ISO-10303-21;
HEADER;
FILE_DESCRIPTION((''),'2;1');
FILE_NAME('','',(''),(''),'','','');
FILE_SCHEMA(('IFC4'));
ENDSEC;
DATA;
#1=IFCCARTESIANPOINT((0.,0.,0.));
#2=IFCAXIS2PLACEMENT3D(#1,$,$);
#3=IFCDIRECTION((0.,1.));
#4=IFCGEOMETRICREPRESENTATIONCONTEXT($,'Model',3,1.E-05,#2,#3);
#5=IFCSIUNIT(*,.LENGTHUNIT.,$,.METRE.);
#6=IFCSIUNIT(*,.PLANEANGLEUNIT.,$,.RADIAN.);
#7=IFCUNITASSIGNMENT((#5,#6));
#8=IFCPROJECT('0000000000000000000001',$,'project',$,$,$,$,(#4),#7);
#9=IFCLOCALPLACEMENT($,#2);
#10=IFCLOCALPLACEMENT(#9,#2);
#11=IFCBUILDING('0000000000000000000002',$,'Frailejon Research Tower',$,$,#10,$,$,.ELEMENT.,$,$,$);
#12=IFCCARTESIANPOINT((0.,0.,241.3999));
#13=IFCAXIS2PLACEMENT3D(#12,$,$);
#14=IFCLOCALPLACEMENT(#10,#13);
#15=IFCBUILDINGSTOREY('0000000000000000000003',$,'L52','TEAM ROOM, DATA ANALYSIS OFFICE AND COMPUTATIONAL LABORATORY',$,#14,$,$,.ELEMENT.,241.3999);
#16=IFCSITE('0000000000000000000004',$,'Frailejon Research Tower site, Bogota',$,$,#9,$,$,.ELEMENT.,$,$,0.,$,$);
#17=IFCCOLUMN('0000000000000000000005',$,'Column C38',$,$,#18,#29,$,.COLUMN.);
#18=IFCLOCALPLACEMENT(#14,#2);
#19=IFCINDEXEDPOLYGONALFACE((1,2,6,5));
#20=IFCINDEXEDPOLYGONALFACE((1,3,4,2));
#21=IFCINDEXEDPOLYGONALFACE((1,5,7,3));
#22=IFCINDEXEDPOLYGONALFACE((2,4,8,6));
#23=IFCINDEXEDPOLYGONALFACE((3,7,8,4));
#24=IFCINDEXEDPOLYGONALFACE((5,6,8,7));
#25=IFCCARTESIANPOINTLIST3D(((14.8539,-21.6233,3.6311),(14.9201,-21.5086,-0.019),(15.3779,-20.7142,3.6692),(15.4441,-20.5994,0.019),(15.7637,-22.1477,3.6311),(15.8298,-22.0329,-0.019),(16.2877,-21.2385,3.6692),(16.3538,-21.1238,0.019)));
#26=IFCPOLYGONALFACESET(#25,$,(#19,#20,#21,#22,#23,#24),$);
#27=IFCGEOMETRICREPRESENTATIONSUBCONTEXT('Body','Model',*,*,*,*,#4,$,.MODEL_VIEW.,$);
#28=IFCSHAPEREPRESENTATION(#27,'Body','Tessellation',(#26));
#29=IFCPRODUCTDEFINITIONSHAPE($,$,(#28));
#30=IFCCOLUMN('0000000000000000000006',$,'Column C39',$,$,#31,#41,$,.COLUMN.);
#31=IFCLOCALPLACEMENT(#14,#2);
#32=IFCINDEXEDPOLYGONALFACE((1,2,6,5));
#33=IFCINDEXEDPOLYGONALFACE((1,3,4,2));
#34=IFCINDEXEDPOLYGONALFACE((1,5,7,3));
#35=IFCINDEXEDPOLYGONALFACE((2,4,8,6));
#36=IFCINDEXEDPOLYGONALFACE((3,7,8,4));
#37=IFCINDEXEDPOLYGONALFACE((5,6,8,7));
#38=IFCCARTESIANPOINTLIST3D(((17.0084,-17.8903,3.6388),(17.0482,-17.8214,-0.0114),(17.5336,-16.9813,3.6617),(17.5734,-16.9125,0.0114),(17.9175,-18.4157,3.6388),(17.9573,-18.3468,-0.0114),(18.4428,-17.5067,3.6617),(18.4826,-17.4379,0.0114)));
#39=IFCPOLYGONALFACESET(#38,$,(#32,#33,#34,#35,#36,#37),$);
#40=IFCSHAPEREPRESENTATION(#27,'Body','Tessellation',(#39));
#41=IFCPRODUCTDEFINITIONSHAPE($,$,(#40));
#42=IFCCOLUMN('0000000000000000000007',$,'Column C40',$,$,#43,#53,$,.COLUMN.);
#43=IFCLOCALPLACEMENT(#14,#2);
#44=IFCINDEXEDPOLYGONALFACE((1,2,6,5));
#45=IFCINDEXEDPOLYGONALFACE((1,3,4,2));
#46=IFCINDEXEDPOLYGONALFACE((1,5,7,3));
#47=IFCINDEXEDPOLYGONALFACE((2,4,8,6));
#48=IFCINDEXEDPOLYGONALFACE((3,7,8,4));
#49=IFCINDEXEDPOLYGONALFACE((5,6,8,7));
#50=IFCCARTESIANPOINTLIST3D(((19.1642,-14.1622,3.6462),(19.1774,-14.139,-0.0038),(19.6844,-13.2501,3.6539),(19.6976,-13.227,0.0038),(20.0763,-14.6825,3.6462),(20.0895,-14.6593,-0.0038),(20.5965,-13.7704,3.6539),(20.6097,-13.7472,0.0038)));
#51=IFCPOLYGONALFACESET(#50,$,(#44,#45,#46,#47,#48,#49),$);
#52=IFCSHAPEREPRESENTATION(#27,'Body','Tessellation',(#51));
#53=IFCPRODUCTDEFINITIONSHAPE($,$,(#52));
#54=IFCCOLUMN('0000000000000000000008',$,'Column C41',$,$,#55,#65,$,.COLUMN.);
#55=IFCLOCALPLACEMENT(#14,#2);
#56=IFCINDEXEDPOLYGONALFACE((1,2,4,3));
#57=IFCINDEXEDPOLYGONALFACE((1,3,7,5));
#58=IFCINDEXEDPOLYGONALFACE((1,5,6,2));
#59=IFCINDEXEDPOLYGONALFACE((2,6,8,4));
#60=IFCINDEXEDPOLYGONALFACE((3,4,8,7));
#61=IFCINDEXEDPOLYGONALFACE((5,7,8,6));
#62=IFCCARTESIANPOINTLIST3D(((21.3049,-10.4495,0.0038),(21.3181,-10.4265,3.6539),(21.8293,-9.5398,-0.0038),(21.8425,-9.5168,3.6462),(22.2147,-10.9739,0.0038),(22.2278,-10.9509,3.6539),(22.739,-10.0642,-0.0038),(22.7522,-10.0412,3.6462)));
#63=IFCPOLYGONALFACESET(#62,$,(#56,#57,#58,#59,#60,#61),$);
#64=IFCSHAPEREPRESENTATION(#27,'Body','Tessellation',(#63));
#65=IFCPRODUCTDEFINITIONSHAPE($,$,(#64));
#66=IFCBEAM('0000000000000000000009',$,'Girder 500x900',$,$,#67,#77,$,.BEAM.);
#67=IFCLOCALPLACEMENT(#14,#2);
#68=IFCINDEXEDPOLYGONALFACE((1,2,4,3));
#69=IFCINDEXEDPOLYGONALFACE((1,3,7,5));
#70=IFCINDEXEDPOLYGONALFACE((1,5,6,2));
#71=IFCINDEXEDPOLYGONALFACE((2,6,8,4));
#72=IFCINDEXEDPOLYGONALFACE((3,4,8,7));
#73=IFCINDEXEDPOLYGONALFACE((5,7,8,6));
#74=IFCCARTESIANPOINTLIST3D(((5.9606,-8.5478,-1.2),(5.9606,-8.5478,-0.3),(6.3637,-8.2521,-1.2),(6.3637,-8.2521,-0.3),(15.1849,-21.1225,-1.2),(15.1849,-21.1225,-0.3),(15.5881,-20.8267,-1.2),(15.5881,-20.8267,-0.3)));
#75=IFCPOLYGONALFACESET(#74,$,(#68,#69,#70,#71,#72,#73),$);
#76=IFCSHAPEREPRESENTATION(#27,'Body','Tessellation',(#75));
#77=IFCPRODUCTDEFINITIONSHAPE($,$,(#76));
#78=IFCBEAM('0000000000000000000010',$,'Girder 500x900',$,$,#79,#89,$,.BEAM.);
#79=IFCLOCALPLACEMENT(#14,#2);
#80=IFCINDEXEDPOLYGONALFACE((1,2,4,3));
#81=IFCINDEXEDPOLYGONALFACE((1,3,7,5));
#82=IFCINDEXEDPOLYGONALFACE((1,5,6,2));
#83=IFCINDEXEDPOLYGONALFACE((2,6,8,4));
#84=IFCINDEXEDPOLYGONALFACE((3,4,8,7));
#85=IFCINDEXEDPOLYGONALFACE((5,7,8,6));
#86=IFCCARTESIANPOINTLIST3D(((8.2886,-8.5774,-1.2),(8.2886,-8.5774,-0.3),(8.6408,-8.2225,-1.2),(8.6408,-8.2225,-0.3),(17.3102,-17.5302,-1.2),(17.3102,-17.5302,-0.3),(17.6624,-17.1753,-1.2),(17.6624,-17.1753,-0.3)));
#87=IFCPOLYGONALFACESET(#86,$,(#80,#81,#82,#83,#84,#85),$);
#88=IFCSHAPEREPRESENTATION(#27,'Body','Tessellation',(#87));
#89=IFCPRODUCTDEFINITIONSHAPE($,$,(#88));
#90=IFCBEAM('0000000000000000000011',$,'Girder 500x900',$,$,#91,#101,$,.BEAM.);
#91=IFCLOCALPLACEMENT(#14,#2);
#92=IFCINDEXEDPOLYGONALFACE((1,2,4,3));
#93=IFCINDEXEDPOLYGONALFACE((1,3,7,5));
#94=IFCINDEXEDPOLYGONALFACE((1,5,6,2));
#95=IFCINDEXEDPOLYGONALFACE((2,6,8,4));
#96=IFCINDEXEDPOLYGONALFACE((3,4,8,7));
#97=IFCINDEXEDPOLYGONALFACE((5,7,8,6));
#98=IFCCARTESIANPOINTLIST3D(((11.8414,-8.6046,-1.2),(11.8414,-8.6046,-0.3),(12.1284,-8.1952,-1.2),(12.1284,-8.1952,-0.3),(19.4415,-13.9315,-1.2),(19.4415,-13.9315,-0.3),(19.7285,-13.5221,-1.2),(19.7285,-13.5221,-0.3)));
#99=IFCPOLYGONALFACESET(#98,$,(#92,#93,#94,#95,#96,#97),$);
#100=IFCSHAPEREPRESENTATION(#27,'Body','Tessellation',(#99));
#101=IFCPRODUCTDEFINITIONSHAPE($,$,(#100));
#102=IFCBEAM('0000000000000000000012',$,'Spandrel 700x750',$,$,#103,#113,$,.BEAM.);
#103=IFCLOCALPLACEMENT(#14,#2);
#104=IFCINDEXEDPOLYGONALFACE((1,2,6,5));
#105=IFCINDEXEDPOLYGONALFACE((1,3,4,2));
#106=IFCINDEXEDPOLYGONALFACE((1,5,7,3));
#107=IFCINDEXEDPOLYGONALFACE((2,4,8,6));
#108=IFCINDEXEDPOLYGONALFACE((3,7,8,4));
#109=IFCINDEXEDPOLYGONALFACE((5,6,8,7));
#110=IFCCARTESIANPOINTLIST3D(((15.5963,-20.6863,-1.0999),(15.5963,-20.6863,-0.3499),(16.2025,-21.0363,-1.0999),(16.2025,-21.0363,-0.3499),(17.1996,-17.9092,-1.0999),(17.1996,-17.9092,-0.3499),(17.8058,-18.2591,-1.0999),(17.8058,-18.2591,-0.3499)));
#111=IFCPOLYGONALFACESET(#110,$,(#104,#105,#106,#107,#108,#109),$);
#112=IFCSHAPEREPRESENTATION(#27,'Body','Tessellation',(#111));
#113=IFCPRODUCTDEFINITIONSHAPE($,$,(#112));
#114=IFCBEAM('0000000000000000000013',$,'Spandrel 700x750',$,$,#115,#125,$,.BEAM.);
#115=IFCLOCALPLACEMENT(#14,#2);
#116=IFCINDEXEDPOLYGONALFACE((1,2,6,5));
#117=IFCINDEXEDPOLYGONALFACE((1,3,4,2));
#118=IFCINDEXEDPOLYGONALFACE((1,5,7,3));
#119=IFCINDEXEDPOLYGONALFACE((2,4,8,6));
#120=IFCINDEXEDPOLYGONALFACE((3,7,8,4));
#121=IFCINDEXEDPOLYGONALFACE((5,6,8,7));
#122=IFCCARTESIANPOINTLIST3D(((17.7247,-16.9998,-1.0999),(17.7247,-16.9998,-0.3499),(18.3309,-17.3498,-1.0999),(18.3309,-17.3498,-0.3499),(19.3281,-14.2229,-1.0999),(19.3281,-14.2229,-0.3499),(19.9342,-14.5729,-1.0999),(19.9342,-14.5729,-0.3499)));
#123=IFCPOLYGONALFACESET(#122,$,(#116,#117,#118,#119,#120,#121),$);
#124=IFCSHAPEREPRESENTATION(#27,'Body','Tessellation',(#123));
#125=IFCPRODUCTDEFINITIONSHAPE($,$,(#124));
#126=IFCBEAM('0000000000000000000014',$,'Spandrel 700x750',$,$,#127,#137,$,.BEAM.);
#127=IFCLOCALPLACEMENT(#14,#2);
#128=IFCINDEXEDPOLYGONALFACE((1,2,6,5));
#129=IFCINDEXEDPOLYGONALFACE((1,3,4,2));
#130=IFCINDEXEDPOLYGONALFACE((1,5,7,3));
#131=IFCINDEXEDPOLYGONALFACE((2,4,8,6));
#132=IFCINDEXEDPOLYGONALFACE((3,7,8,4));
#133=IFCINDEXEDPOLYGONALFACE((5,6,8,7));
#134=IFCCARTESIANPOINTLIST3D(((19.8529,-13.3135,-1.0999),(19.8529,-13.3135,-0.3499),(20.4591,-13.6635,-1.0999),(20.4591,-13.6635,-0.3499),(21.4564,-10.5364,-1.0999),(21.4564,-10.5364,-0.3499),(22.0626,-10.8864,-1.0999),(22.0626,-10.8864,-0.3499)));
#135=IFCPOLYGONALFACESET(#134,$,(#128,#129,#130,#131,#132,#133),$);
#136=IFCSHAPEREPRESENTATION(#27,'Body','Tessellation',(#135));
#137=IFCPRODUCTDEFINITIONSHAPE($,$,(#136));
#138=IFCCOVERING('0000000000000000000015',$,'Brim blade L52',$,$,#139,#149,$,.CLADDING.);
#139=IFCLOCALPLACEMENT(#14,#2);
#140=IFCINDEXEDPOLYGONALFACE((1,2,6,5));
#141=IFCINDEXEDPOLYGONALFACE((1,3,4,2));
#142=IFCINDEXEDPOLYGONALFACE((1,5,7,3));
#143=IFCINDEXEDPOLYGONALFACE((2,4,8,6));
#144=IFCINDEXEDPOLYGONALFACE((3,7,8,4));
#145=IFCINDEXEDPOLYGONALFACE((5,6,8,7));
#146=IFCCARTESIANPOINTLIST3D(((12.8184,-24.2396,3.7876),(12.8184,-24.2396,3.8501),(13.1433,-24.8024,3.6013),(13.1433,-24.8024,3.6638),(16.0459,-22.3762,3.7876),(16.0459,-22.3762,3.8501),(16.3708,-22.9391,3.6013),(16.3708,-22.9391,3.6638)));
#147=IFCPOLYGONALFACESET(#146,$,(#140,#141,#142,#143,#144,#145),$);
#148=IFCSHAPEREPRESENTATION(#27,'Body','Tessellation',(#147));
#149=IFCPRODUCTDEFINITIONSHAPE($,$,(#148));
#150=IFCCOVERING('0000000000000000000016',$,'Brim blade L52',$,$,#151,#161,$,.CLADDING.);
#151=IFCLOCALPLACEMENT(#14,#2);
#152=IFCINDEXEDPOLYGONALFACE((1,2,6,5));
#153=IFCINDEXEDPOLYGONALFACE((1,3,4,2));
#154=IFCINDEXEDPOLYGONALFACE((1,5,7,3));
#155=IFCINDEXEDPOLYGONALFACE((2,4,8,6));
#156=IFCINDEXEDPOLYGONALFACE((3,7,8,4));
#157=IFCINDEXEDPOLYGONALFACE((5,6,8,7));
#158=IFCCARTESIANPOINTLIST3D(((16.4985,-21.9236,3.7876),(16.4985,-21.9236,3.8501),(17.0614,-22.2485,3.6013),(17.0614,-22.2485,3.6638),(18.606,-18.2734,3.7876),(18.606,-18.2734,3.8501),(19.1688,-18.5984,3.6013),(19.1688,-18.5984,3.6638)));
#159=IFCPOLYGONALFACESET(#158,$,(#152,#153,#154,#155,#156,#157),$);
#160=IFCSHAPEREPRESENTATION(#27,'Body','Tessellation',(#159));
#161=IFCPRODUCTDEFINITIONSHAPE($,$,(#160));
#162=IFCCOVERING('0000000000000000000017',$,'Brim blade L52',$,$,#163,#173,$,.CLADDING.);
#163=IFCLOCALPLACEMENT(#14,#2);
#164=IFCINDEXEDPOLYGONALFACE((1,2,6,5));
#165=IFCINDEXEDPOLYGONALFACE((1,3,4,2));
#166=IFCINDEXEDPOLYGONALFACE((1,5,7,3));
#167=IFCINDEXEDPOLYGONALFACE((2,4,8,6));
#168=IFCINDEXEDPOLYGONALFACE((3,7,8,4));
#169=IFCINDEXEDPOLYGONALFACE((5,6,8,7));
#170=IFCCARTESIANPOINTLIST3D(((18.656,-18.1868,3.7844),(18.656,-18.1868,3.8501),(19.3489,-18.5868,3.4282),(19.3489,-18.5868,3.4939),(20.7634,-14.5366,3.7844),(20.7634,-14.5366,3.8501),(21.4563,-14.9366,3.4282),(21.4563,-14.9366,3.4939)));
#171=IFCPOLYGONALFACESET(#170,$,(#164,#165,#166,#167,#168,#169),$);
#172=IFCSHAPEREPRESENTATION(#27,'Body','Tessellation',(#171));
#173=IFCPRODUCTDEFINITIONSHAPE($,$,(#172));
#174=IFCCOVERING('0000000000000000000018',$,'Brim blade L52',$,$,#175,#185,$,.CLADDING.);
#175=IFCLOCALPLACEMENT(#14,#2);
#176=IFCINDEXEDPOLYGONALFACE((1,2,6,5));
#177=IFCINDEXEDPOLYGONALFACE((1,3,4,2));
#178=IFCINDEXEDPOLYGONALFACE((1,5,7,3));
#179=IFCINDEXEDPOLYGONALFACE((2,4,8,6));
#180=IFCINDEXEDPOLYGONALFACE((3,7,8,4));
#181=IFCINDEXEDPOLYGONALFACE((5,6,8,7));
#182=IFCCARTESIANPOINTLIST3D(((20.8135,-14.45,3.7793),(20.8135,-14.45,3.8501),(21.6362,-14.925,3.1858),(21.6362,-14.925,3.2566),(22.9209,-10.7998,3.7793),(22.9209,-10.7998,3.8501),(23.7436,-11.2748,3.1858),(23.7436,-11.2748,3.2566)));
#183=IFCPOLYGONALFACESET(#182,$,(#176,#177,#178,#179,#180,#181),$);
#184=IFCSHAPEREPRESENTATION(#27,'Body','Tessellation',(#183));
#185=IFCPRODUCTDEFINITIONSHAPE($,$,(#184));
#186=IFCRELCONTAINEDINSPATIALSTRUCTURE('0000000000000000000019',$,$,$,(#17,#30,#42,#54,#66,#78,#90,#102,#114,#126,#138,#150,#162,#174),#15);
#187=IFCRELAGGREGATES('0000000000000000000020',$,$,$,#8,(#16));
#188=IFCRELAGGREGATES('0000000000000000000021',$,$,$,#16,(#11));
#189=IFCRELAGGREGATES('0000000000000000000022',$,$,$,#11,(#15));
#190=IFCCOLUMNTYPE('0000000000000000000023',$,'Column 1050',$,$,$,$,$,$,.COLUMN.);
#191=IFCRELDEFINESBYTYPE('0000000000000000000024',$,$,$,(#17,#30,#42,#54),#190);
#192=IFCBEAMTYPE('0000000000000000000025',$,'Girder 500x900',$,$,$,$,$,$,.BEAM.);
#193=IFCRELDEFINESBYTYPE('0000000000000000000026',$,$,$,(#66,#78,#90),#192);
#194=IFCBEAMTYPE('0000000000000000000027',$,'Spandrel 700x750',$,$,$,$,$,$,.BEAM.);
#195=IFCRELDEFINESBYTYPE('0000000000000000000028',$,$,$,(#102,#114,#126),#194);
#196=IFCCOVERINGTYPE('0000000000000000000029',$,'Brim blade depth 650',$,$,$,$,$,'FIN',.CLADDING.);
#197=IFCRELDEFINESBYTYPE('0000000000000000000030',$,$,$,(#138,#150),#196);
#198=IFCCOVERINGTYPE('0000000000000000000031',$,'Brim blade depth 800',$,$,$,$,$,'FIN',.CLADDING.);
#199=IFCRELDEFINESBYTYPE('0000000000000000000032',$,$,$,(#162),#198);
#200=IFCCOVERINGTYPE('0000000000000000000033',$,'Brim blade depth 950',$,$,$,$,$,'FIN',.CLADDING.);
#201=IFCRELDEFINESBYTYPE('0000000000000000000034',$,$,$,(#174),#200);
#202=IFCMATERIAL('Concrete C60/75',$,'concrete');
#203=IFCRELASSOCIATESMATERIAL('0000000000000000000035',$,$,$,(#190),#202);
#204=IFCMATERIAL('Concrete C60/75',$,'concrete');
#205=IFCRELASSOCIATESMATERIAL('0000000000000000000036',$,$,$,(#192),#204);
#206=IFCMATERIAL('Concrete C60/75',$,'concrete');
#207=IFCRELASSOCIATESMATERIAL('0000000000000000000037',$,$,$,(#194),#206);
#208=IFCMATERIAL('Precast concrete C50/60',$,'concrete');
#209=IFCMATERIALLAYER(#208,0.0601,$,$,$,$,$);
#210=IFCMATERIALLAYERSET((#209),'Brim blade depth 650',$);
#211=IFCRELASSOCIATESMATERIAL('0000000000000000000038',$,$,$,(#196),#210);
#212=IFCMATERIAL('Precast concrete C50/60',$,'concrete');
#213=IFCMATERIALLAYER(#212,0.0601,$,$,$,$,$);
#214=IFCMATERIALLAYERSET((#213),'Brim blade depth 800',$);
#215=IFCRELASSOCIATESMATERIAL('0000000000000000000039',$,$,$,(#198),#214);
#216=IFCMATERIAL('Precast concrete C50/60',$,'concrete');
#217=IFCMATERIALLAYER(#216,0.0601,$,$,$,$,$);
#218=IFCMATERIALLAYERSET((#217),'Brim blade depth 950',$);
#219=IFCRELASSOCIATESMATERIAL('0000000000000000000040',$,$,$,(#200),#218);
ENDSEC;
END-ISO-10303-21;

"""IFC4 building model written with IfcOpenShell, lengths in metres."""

from ifc_helpers import new_model, si_unit, direction, frame, origin, origin_2d, place, context, subcontext, project, spatial, polyline, rectangle, outline, extrude, material, layer, layer_set, material_profile, profile_set, type_object, element, save


model = new_model("IFC4")

# Units and contexts
model_context = context("Model", 3, precision=1e-05, world=origin(), true_north=direction((0.0, 1.0)))
body_context = subcontext(model_context, "Body", "Model", "MODEL_VIEW")
ifc_project = project(units=[si_unit("LENGTHUNIT", "METRE"), si_unit("PLANEANGLEUNIT", "RADIAN")], contexts=[model_context])

# Site, building, storey
site_placement = place(None, origin())
site = spatial("IfcSite", under=ifc_project, at=site_placement, Name="Frailejon Research Tower site, Bogota", CompositionType="ELEMENT", RefElevation=0.0)
building_placement = place(site_placement, origin())
building = spatial("IfcBuilding", under=site, at=building_placement, Name="Frailejon Research Tower", CompositionType="ELEMENT")
storey_placement = place(building_placement, frame((0.0, 0.0, 241.3999)))
storey = spatial("IfcBuildingStorey", under=building, at=storey_placement, Name="L52", Description="TEAM ROOM, DATA ANALYSIS OFFICE AND COMPUTATIONAL LABORATORY", CompositionType="ELEMENT", Elevation=241.3999)

# Columns
ifc_material_1 = material(Name="Concrete C60/75", Category="concrete")
ifc_material_profile_1 = material_profile(ifc_material_1, rectangle(XDim=1.05, YDim=1.05, at=origin_2d()), Name="Column 1050")
ifc_profile_set_1 = profile_set([ifc_material_profile_1], Name="Concrete C60/75")
column_type = type_object("IfcColumnType", Name="Column 1050", PredefinedType="COLUMN", material=ifc_profile_set_1)
column_1_placement = place(storey_placement, frame((15.637, -21.3162, 0.0), z_axis=(-0.018114, -0.031415, 0.999342), x_axis=(0.499041, 0.86582, 0.036263)))
element("IfcColumn", 1, at=column_1_placement, inside=storey, type_object=column_type, Name="Column C38", PredefinedType="COLUMN", context=body_context, shape_type="SweptSolid", body=[
    extrude(rectangle(XDim=1.05, YDim=1.05, at=origin_2d()), origin(), (0.0, 0.0, 1.0), 3.6526),
])
column_2_placement = place(storey_placement, frame((17.7654, -17.6296, 0.0), z_axis=(-0.0109, -0.018857, 0.999763), x_axis=(0.500226, 0.865621, 0.021781)))
element("IfcColumn", 2, at=column_2_placement, inside=storey, type_object=column_type, Name="Column C39", PredefinedType="COLUMN", context=body_context, shape_type="SweptSolid", body=[
    extrude(rectangle(XDim=1.05, YDim=1.05, at=origin_2d()), origin(), (0.0, 0.0, 1.0), 3.6511),
])
for number, where, z_axis, x_axis, name in (
    (3, (19.8936, -13.9431, 0.0), (-0.003612, -0.006354, 0.999973), (0.495427, 0.868619, 0.007309), "Column C40"),
    (4, (22.022, -10.2568, 0.0), (0.003612, 0.006287, 0.999974), (0.499382, 0.866352, -0.007251), "Column C41"),
):
    element("IfcColumn", number, at=place(storey_placement, frame(where, z_axis=z_axis, x_axis=x_axis)), inside=storey, type_object=column_type, Name=name, PredefinedType="COLUMN", context=body_context, shape_type="SweptSolid", body=[
        extrude(rectangle(XDim=1.05, YDim=1.05, at=origin_2d()), origin(), (0.0, 0.0, 1.0), 3.6501),
    ])

# Beams
ifc_material_2 = material(Name="Concrete C60/75", Category="concrete")
ifc_material_profile_2 = material_profile(ifc_material_2, rectangle(XDim=0.5, YDim=0.8999, at=origin_2d()), Name="Girder 500x900")
ifc_profile_set_2 = profile_set([ifc_material_profile_2], Name="Concrete C60/75")
beam_type_1 = type_object("IfcBeamType", Name="Girder 500x900", PredefinedType="BEAM", material=ifc_profile_set_2)
beam_1_placement = place(storey_placement, frame((15.3865, -20.9746, -0.75), z_axis=(-0.591485, 0.806316, 0.0), x_axis=(-0.806316, -0.591485, 0.0)))
element("IfcBeam", 5, at=beam_1_placement, inside=storey, type_object=beam_type_1, Name="Girder 500x900", PredefinedType="BEAM", context=body_context, shape_type="SweptSolid", body=[
    extrude(rectangle(XDim=0.5, YDim=0.8999, at=origin_2d()), origin(), (0.0, 0.0, 1.0), 15.5952),
])
beam_2_placement = place(storey_placement, frame((17.4863, -17.3528, -0.75), z_axis=(-0.70981, 0.704393, 0.0), x_axis=(-0.704393, -0.70981, 0.0)))
element("IfcBeam", 6, at=beam_2_placement, inside=storey, type_object=beam_type_1, Name="Girder 500x900", PredefinedType="BEAM", context=body_context, shape_type="SweptSolid", body=[
    extrude(rectangle(XDim=0.5, YDim=0.8999, at=origin_2d()), origin(), (0.0, 0.0, 1.0), 12.71),
])
beam_3_placement = place(storey_placement, frame((19.585, -13.7268, -0.75), z_axis=(-0.818886, 0.573957, 0.0), x_axis=(-0.573957, -0.818886, 0.0)))
element("IfcBeam", 7, at=beam_3_placement, inside=storey, type_object=beam_type_1, Name="Girder 500x900", PredefinedType="BEAM", context=body_context, shape_type="SweptSolid", body=[
    extrude(rectangle(XDim=0.5, YDim=0.8999, at=origin_2d()), origin(), (0.0, 0.0, 1.0), 9.281),
])
ifc_material_3 = material(Name="Concrete C60/75", Category="concrete")
ifc_material_profile_3 = material_profile(ifc_material_3, rectangle(XDim=0.7, YDim=0.75, at=origin_2d()), Name="Spandrel 700x750")
ifc_profile_set_3 = profile_set([ifc_material_profile_3], Name="Concrete C60/75")
beam_type_2 = type_object("IfcBeamType", Name="Spandrel 700x750", PredefinedType="BEAM", material=ifc_profile_set_3)
beam_4_placement = place(storey_placement, frame((15.8994, -20.8613, -0.7249), z_axis=(0.499979, 0.866037, 0.0), x_axis=(-0.866037, 0.499979, 0.0)))
element("IfcBeam", 8, at=beam_4_placement, inside=storey, type_object=beam_type_2, Name="Spandrel 700x750", PredefinedType="BEAM", context=body_context, shape_type="SweptSolid", body=[
    extrude(rectangle(XDim=0.7, YDim=0.75, at=origin_2d()), origin(), (0.0, 0.0, 1.0), 3.2068),
])
beam_5_placement = place(storey_placement, frame((18.0278, -17.1748, -0.7249), z_axis=(0.500012, 0.866018, 0.0), x_axis=(-0.866018, 0.500012, 0.0)))
element("IfcBeam", 9, at=beam_5_placement, inside=storey, type_object=beam_type_2, Name="Spandrel 700x750", PredefinedType="BEAM", context=body_context, shape_type="SweptSolid", body=[
    extrude(rectangle(XDim=0.7, YDim=0.75, at=origin_2d()), origin(), (0.0, 0.0, 1.0), 3.2065),
])
beam_6_placement = place(storey_placement, frame((20.156, -13.4885, -0.7249), z_axis=(0.500037, 0.866004, 0.0), x_axis=(-0.866004, 0.500037, 0.0)))
element("IfcBeam", 10, at=beam_6_placement, inside=storey, type_object=beam_type_2, Name="Spandrel 700x750", PredefinedType="BEAM", context=body_context, shape_type="SweptSolid", body=[
    extrude(rectangle(XDim=0.7, YDim=0.75, at=origin_2d()), origin(), (0.0, 0.0, 1.0), 3.2068),
])

# Coverings
ifc_material_4 = material(Name="Precast concrete C50/60", Category="concrete")
ifc_layer_1 = layer(ifc_material_4, 0.0601)
ifc_layer_set_1 = layer_set([ifc_layer_1], Name="Brim blade depth 650")
covering_type_1 = type_object("IfcCoveringType", Name="Brim blade depth 650", ElementType="FIN", PredefinedType="CLADDING", material=ifc_layer_set_1)
covering_1_placement = place(storey_placement, frame((16.0459, -22.3762, 3.8501), z_axis=(-0.86603, -0.499992, 0.0), x_axis=(0.499992, -0.86603, 0.0)))
element("IfcCovering", 11, at=covering_1_placement, inside=storey, type_object=covering_type_1, Name="Brim blade L52", PredefinedType="CLADDING", context=body_context, shape_type="SweptSolid", body=[
    extrude(outline(polyline([(0.0, -0.0625), (0.6499, -0.2488), (0.6499, -0.1863), (0.0, 0.0), (0.0, -0.0625)])), origin(), (0.0, 0.0, 1.0), 3.7268),
])
covering_2_placement = place(storey_placement, frame((18.606, -18.2734, 3.8501), z_axis=(-0.500003, -0.866024, 0.0), x_axis=(0.866024, -0.500003, 0.0)))
element("IfcCovering", 12, at=covering_2_placement, inside=storey, type_object=covering_type_1, Name="Brim blade L52", PredefinedType="CLADDING", context=body_context, shape_type="SweptSolid", body=[
    extrude(outline(polyline([(0.0, -0.0625), (0.6499, -0.2488), (0.6499, -0.1863), (0.0, 0.0), (0.0, -0.0625)])), origin(), (0.0, 0.0, 1.0), 4.2148),
])
ifc_material_5 = material(Name="Precast concrete C50/60", Category="concrete")
ifc_layer_2 = layer(ifc_material_5, 0.0601)
ifc_layer_set_2 = layer_set([ifc_layer_2], Name="Brim blade depth 800")
covering_type_2 = type_object("IfcCoveringType", Name="Brim blade depth 800", ElementType="FIN", PredefinedType="CLADDING", material=ifc_layer_set_2)
covering_3_placement = place(storey_placement, frame((20.7634, -14.5366, 3.8501), z_axis=(-0.500003, -0.866024, 0.0), x_axis=(0.866024, -0.500003, 0.0)))
element("IfcCovering", 13, at=covering_3_placement, inside=storey, type_object=covering_type_2, Name="Brim blade L52", PredefinedType="CLADDING", context=body_context, shape_type="SweptSolid", body=[
    extrude(outline(polyline([(0.0, -0.0657), (0.8, -0.4219), (0.8, -0.3562), (0.0, 0.0), (0.0, -0.0657)])), origin(), (0.0, 0.0, 1.0), 4.2148),
])
ifc_material_6 = material(Name="Precast concrete C50/60", Category="concrete")
ifc_layer_3 = layer(ifc_material_6, 0.0601)
ifc_layer_set_3 = layer_set([ifc_layer_3], Name="Brim blade depth 950")
covering_type_3 = type_object("IfcCoveringType", Name="Brim blade depth 950", ElementType="FIN", PredefinedType="CLADDING", material=ifc_layer_set_3)
covering_4_placement = place(storey_placement, frame((22.9209, -10.7998, 3.8501), z_axis=(-0.499993, -0.86603, 0.0), x_axis=(0.86603, -0.499993, 0.0)))
element("IfcCovering", 14, at=covering_4_placement, inside=storey, type_object=covering_type_3, Name="Brim blade L52", PredefinedType="CLADDING", context=body_context, shape_type="SweptSolid", body=[
    extrude(outline(polyline([(0.0, -0.0708), (0.95, -0.6643), (0.95, -0.5935), (0.0, 0.0), (0.0, -0.0708)])), origin(), (0.0, 0.0, 1.0), 4.2148),
])

save(model, "model.ifc")
